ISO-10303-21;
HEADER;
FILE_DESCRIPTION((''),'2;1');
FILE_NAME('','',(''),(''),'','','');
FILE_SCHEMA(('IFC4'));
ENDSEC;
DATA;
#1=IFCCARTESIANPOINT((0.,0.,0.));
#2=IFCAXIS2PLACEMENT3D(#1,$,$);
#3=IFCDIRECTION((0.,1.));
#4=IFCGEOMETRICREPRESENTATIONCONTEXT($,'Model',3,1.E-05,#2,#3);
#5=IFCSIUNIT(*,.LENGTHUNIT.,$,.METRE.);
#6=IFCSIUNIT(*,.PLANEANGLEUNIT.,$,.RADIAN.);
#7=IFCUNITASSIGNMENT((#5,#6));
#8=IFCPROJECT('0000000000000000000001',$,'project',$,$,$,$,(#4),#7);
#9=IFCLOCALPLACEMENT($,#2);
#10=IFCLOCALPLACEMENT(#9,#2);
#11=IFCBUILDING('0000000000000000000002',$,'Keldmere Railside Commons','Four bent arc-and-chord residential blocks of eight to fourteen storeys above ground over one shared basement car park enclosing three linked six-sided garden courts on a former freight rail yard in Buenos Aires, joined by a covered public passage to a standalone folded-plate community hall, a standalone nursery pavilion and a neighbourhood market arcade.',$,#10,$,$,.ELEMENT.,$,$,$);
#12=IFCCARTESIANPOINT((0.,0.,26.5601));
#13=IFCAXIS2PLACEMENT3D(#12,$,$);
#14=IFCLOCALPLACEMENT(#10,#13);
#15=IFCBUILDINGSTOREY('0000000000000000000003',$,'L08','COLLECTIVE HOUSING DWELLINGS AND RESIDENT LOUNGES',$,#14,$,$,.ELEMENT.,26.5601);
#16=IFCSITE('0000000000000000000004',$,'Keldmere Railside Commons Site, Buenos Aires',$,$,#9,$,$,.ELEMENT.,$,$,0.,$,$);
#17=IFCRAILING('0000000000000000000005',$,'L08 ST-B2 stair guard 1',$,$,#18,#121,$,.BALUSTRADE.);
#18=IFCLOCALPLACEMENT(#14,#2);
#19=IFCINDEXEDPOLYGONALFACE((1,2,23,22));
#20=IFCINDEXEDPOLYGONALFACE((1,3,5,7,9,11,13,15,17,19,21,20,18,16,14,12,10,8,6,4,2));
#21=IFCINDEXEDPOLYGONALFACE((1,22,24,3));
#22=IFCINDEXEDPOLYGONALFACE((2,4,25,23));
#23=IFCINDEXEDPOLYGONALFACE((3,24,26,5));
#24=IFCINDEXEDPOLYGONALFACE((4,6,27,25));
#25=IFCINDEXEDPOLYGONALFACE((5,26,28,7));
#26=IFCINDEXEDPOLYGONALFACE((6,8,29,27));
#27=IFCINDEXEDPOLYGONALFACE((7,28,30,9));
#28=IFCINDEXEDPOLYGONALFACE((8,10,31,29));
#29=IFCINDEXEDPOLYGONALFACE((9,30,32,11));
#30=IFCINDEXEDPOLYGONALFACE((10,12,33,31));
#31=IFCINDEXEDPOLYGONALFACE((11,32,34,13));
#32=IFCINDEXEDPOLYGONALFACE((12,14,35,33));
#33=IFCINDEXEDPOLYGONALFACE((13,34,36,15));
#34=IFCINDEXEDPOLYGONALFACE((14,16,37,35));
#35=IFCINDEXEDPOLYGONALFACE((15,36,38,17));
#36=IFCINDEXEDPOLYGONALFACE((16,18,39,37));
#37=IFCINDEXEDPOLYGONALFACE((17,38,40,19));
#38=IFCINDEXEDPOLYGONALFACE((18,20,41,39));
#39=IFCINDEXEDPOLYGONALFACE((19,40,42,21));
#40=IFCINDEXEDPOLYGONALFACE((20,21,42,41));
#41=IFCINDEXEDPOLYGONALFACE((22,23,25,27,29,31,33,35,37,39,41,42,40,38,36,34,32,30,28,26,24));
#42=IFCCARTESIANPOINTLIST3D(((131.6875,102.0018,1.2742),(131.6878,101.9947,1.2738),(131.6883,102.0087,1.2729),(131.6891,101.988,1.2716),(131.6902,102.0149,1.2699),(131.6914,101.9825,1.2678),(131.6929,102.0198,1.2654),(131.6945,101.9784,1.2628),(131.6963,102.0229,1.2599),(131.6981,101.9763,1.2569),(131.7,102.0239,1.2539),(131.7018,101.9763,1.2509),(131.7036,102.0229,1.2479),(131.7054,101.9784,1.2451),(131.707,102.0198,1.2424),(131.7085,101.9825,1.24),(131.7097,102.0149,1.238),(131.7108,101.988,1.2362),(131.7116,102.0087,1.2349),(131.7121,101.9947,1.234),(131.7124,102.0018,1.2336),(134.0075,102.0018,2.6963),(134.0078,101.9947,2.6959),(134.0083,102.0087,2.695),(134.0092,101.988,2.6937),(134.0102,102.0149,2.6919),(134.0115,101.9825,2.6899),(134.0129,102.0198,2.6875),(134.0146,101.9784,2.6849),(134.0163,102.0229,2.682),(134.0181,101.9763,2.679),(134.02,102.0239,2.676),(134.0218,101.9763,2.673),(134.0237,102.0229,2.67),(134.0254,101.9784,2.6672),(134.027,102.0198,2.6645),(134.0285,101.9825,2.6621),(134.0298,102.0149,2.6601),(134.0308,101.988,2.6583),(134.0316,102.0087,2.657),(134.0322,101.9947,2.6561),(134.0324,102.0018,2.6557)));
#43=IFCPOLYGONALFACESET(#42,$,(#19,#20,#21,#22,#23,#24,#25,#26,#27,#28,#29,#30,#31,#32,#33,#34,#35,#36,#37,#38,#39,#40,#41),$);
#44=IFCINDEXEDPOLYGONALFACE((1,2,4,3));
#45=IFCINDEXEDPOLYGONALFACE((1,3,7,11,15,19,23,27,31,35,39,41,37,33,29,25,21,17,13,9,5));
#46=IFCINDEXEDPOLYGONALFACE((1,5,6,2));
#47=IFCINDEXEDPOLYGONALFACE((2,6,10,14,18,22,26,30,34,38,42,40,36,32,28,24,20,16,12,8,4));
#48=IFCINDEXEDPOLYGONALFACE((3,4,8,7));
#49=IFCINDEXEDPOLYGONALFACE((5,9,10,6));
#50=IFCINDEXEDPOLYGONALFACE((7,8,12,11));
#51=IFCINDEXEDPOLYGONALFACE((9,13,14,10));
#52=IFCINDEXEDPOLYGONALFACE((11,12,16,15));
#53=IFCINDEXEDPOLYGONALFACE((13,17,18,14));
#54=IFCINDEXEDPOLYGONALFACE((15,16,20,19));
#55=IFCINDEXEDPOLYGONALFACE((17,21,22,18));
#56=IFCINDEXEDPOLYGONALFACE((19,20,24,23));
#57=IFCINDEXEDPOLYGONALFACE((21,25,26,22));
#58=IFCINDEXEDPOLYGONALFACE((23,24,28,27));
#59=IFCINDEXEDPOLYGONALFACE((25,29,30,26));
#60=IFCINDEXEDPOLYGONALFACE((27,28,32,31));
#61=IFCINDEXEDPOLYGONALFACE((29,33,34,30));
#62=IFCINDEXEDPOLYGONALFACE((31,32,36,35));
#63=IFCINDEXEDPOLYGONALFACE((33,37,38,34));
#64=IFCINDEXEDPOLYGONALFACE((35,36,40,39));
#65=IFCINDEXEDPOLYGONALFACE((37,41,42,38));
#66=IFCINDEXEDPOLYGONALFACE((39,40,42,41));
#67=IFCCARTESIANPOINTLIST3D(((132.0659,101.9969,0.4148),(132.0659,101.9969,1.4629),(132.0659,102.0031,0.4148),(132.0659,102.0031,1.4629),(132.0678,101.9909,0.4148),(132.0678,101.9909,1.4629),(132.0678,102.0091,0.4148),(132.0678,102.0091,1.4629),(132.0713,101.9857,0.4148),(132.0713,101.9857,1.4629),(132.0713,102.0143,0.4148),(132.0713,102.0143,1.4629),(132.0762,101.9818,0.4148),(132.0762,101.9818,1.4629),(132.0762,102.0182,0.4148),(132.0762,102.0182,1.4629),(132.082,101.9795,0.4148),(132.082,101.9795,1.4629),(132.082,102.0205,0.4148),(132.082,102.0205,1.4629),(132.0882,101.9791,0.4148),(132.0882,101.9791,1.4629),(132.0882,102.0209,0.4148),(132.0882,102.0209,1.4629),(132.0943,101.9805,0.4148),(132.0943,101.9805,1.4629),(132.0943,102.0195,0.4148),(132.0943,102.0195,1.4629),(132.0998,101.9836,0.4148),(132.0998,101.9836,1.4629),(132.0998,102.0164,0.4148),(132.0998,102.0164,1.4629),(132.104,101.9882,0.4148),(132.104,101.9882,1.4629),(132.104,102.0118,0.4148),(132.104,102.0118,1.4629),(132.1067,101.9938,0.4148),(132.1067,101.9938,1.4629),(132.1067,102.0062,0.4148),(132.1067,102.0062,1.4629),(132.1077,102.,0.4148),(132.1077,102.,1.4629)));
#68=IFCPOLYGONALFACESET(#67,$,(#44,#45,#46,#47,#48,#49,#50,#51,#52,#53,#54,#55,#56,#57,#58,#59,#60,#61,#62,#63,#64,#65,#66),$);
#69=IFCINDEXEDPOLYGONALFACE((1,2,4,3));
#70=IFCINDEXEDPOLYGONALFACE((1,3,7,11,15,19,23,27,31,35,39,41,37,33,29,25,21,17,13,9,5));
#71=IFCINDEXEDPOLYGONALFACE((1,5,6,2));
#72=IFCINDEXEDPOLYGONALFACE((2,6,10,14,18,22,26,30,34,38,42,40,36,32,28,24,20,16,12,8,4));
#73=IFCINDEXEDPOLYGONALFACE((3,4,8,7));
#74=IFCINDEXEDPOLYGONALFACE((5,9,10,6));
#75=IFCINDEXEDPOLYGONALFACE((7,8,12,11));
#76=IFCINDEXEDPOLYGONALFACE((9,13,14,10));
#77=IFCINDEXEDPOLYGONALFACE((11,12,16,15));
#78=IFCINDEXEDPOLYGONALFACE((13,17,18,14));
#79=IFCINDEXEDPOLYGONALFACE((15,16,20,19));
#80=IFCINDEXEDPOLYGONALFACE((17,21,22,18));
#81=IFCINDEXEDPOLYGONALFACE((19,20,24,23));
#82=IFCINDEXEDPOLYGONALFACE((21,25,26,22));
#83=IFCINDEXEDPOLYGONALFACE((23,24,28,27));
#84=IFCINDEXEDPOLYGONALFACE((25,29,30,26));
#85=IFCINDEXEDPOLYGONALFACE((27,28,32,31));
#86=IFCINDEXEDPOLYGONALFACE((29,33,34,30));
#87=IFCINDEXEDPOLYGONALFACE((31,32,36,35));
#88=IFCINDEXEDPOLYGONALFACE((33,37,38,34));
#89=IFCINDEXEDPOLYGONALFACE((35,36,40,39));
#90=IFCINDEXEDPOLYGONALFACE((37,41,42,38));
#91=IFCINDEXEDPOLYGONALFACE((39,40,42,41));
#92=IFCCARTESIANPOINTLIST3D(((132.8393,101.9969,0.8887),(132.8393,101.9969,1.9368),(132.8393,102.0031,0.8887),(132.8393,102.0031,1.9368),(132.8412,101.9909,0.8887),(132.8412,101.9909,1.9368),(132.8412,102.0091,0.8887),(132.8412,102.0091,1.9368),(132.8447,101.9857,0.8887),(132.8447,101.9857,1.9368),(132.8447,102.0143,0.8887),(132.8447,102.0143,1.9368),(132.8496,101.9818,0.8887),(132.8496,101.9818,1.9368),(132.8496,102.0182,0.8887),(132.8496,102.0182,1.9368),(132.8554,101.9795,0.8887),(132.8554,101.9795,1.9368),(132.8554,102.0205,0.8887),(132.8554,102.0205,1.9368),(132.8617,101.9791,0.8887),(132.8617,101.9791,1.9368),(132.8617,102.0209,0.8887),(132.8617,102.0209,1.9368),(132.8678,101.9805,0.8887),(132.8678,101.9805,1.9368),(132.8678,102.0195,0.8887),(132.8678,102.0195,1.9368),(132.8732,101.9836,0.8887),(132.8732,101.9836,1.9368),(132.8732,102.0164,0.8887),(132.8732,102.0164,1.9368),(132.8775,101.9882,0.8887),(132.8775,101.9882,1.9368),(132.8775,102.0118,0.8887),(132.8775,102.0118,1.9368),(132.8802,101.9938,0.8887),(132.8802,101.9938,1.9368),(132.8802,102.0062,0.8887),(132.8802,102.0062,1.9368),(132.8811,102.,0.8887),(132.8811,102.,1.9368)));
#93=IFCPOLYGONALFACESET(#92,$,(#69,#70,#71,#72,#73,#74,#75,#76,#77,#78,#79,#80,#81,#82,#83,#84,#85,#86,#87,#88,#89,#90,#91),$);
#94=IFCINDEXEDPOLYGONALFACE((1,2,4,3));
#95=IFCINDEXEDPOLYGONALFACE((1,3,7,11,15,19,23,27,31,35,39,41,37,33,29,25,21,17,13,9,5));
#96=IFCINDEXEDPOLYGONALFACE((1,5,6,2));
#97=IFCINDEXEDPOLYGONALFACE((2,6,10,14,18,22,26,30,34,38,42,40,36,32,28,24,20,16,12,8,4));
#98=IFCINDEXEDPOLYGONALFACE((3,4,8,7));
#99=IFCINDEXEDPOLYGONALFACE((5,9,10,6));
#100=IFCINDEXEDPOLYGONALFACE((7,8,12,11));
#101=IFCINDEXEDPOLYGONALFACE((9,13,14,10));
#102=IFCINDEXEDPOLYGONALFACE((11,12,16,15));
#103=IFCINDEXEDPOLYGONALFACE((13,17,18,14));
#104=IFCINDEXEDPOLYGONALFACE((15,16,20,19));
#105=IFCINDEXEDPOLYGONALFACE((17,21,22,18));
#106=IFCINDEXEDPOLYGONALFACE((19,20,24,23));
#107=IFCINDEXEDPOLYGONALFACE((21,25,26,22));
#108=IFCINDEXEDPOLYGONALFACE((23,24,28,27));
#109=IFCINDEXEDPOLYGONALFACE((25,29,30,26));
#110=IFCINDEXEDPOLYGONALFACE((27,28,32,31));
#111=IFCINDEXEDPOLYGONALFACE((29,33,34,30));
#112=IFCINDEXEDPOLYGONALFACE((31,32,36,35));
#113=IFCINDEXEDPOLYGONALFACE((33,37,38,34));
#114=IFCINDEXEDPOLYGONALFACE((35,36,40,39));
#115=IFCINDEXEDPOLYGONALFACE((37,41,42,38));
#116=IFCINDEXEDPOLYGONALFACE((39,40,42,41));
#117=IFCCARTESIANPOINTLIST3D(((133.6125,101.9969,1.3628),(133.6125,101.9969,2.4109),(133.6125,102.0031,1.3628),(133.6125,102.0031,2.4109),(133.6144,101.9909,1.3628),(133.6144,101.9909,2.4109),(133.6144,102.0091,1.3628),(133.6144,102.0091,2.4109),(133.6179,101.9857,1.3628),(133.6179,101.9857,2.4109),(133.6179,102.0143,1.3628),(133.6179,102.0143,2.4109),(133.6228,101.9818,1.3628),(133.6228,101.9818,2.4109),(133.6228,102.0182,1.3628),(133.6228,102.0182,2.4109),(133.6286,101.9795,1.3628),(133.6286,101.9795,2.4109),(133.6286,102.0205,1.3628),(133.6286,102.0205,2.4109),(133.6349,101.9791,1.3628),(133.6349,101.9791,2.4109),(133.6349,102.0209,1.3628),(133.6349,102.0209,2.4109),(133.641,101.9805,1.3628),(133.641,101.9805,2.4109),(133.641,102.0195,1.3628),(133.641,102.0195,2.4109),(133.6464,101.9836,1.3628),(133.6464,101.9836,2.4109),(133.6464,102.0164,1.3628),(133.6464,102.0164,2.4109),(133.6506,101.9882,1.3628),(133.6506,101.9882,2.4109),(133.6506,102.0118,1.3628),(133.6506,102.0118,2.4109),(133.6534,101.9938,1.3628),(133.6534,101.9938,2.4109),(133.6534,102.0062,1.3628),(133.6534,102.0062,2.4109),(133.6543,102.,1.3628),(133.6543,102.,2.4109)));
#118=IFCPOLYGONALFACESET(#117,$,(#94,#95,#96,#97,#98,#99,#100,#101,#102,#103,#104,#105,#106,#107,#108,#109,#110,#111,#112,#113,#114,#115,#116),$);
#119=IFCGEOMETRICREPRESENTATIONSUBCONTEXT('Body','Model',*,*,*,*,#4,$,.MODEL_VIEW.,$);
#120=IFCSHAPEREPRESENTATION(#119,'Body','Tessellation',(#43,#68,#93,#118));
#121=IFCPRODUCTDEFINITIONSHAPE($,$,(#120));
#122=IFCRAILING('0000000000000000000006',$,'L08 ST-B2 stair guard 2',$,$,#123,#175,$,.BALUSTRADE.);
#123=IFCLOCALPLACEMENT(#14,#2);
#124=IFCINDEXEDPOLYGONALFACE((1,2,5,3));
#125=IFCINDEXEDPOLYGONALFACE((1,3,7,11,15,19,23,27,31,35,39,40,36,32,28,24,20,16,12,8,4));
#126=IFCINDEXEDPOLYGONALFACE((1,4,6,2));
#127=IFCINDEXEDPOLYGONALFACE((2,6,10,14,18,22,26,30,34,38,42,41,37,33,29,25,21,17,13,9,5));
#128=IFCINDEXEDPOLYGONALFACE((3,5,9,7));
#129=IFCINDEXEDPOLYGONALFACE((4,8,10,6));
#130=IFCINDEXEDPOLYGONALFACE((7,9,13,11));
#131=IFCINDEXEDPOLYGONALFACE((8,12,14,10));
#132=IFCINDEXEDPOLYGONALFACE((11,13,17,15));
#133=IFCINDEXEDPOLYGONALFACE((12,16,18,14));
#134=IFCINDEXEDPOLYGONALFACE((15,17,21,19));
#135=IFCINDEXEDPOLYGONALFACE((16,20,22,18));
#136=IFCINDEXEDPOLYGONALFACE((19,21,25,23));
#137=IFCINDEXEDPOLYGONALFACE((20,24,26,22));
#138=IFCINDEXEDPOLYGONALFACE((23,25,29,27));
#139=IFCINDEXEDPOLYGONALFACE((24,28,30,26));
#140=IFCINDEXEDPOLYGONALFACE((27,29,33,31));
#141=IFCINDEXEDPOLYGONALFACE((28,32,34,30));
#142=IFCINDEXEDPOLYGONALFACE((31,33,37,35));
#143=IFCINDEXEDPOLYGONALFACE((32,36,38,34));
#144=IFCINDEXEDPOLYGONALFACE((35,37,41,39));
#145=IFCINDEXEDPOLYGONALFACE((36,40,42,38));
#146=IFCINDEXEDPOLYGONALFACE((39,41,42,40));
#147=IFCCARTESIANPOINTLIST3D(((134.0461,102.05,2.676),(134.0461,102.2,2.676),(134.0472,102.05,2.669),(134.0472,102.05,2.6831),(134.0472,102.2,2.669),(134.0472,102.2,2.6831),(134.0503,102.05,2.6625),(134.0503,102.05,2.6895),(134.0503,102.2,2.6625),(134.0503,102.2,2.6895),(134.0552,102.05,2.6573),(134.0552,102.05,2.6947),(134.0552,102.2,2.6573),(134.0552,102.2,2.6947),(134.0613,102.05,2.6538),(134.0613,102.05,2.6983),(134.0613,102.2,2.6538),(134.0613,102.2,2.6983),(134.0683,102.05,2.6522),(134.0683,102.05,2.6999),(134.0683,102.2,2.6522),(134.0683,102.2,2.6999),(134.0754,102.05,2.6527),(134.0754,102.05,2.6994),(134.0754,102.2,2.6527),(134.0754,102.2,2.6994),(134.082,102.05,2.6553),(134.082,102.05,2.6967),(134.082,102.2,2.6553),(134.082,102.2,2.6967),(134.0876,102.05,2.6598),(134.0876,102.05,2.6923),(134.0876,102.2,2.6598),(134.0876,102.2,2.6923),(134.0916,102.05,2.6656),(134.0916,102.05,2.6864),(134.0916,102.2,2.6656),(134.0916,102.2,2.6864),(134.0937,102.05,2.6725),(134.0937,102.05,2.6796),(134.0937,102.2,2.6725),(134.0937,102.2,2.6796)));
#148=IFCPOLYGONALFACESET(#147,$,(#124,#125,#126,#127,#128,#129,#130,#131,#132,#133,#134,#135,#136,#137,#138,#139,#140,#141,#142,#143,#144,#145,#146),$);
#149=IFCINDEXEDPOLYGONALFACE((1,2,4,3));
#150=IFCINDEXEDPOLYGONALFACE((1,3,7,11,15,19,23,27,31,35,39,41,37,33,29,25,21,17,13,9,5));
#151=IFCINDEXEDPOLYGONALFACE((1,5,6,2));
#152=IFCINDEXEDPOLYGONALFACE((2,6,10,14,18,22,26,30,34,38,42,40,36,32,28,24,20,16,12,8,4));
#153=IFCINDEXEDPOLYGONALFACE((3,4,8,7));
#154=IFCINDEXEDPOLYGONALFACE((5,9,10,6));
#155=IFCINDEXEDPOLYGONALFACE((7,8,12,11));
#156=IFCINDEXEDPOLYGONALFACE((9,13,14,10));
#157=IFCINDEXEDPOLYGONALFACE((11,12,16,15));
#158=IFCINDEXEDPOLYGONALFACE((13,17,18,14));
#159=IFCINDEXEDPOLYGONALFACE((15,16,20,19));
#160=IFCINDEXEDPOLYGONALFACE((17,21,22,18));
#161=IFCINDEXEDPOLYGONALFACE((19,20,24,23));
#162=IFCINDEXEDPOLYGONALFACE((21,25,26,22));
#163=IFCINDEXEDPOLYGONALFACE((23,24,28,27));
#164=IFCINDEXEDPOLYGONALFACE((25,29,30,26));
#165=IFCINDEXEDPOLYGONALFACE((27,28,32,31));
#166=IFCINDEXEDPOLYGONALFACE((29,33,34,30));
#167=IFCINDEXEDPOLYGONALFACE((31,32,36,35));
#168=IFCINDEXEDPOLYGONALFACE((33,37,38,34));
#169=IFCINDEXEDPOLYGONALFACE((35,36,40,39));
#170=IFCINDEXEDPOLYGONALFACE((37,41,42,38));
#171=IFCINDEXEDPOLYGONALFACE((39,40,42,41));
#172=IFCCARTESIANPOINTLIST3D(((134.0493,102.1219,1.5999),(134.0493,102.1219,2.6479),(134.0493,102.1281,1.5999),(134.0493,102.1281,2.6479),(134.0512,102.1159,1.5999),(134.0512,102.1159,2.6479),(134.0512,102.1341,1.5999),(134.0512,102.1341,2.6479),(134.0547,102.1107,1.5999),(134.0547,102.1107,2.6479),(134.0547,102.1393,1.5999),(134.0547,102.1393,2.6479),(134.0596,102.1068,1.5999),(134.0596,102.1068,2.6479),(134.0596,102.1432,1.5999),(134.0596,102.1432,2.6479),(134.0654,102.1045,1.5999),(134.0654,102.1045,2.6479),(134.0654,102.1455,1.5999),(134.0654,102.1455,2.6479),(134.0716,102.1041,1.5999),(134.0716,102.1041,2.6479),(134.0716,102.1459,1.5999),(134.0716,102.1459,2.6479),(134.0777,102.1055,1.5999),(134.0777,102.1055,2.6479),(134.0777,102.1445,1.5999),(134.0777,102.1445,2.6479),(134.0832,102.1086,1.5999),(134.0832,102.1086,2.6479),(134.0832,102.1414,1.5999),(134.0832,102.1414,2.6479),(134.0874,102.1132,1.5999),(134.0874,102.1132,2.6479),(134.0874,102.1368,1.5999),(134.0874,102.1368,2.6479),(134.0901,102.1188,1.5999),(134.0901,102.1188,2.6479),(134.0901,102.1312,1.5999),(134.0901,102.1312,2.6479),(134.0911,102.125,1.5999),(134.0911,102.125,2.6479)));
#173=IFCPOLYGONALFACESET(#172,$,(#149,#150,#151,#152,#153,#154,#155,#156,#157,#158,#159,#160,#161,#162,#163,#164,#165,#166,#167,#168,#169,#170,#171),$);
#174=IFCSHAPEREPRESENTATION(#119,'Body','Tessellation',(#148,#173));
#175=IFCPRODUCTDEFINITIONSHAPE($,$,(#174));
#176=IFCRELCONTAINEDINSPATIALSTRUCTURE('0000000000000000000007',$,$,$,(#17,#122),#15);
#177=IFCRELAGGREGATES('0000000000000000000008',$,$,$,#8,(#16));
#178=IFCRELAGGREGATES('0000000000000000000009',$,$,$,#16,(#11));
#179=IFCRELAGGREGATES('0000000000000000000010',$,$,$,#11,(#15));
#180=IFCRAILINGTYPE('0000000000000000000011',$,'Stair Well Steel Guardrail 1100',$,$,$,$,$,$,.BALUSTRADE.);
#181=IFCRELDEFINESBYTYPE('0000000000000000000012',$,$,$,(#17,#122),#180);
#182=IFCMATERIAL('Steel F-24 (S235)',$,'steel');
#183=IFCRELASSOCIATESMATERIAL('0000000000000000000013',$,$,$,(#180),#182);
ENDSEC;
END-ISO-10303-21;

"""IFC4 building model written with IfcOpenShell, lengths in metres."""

from ifc_helpers import new_model, si_unit, direction, frame, origin, origin_2d, place, context, subcontext, project, spatial, circle, extrude, material, type_object, element, save


model = new_model("IFC4")

# Units and contexts
model_context = context("Model", 3, precision=1e-05, world=origin(), true_north=direction((0.0, 1.0)))
body_context = subcontext(model_context, "Body", "Model", "MODEL_VIEW")
ifc_project = project(units=[si_unit("LENGTHUNIT", "METRE"), si_unit("PLANEANGLEUNIT", "RADIAN")], contexts=[model_context])

# Site, building, storey
site_placement = place(None, origin())
site = spatial("IfcSite", under=ifc_project, at=site_placement, Name="Keldmere Railside Commons Site, Buenos Aires", CompositionType="ELEMENT", RefElevation=0.0)
building_placement = place(site_placement, origin())
building = spatial("IfcBuilding", under=site, at=building_placement, Name="Keldmere Railside Commons", Description="Four bent arc-and-chord residential blocks of eight to fourteen storeys above ground over one shared basement car park enclosing three linked six-sided garden courts on a former freight rail yard in Buenos Aires, joined by a covered public passage to a standalone folded-plate community hall, a standalone nursery pavilion and a neighbourhood market arcade.", CompositionType="ELEMENT")
storey_placement = place(building_placement, frame((0.0, 0.0, 26.5601)))
storey = spatial("IfcBuildingStorey", under=building, at=storey_placement, Name="L08", Description="COLLECTIVE HOUSING DWELLINGS AND RESIDENT LOUNGES", CompositionType="ELEMENT", Elevation=26.5601)

# Railings
ifc_material_1 = material(Name="Steel F-24 (S235)", Category="steel")
railing_type_1 = type_object("IfcRailingType", Name="Stair Well Steel Guardrail 1100", PredefinedType="BALUSTRADE", material=ifc_material_1)
railing_1_placement = place(storey_placement, frame((131.7, 102.0, 0.1777)))
element("IfcRailing", 1, at=railing_1_placement, inside=storey, type_object=railing_type_1, Name="L08 ST-B2 stair guard 1", PredefinedType="BALUSTRADE", context=body_context, shape_type="SweptSolid", body=[
    extrude(circle(Radius=0.0239, at=origin_2d()), frame((0.0, 0.0, 1.0762), z_axis=(0.852578, 0.0, 0.5226), x_axis=(0.0, 1.0, 0.0)), (0.0, 0.0, 1.0), 2.7212),
    extrude(circle(Radius=0.021, at=origin_2d()), frame((0.3867, 0.0, 0.2371)), (0.0, 0.0, 1.0), 1.0481),
    extrude(circle(Radius=0.021, at=origin_2d()), frame((1.1602, 0.0, 0.7109)), (0.0, 0.0, 1.0), 1.0481),
    extrude(circle(Radius=0.021, at=origin_2d()), frame((1.9333, 0.0, 1.1851)), (0.0, 0.0, 1.0), 1.0481),
])
railing_2_placement = place(storey_placement, frame((134.0701, 102.05, 1.5999)))
element("IfcRailing", 2, at=railing_2_placement, inside=storey, type_object=railing_type_1, Name="L08 ST-B2 stair guard 2", PredefinedType="BALUSTRADE", context=body_context, shape_type="SweptSolid", body=[
    extrude(circle(Radius=0.0239, at=origin_2d()), frame((0.0, 0.0, 1.0762), z_axis=(0.0, 1.0, 0.0), x_axis=(-1.0, 0.0, 0.0)), (0.0, 0.0, 1.0), 0.1499),
    extrude(circle(Radius=0.021, at=origin_2d()), frame((0.0, 0.075, 0.0)), (0.0, 0.0, 1.0), 1.0481),
])

save(model, "model.ifc")
